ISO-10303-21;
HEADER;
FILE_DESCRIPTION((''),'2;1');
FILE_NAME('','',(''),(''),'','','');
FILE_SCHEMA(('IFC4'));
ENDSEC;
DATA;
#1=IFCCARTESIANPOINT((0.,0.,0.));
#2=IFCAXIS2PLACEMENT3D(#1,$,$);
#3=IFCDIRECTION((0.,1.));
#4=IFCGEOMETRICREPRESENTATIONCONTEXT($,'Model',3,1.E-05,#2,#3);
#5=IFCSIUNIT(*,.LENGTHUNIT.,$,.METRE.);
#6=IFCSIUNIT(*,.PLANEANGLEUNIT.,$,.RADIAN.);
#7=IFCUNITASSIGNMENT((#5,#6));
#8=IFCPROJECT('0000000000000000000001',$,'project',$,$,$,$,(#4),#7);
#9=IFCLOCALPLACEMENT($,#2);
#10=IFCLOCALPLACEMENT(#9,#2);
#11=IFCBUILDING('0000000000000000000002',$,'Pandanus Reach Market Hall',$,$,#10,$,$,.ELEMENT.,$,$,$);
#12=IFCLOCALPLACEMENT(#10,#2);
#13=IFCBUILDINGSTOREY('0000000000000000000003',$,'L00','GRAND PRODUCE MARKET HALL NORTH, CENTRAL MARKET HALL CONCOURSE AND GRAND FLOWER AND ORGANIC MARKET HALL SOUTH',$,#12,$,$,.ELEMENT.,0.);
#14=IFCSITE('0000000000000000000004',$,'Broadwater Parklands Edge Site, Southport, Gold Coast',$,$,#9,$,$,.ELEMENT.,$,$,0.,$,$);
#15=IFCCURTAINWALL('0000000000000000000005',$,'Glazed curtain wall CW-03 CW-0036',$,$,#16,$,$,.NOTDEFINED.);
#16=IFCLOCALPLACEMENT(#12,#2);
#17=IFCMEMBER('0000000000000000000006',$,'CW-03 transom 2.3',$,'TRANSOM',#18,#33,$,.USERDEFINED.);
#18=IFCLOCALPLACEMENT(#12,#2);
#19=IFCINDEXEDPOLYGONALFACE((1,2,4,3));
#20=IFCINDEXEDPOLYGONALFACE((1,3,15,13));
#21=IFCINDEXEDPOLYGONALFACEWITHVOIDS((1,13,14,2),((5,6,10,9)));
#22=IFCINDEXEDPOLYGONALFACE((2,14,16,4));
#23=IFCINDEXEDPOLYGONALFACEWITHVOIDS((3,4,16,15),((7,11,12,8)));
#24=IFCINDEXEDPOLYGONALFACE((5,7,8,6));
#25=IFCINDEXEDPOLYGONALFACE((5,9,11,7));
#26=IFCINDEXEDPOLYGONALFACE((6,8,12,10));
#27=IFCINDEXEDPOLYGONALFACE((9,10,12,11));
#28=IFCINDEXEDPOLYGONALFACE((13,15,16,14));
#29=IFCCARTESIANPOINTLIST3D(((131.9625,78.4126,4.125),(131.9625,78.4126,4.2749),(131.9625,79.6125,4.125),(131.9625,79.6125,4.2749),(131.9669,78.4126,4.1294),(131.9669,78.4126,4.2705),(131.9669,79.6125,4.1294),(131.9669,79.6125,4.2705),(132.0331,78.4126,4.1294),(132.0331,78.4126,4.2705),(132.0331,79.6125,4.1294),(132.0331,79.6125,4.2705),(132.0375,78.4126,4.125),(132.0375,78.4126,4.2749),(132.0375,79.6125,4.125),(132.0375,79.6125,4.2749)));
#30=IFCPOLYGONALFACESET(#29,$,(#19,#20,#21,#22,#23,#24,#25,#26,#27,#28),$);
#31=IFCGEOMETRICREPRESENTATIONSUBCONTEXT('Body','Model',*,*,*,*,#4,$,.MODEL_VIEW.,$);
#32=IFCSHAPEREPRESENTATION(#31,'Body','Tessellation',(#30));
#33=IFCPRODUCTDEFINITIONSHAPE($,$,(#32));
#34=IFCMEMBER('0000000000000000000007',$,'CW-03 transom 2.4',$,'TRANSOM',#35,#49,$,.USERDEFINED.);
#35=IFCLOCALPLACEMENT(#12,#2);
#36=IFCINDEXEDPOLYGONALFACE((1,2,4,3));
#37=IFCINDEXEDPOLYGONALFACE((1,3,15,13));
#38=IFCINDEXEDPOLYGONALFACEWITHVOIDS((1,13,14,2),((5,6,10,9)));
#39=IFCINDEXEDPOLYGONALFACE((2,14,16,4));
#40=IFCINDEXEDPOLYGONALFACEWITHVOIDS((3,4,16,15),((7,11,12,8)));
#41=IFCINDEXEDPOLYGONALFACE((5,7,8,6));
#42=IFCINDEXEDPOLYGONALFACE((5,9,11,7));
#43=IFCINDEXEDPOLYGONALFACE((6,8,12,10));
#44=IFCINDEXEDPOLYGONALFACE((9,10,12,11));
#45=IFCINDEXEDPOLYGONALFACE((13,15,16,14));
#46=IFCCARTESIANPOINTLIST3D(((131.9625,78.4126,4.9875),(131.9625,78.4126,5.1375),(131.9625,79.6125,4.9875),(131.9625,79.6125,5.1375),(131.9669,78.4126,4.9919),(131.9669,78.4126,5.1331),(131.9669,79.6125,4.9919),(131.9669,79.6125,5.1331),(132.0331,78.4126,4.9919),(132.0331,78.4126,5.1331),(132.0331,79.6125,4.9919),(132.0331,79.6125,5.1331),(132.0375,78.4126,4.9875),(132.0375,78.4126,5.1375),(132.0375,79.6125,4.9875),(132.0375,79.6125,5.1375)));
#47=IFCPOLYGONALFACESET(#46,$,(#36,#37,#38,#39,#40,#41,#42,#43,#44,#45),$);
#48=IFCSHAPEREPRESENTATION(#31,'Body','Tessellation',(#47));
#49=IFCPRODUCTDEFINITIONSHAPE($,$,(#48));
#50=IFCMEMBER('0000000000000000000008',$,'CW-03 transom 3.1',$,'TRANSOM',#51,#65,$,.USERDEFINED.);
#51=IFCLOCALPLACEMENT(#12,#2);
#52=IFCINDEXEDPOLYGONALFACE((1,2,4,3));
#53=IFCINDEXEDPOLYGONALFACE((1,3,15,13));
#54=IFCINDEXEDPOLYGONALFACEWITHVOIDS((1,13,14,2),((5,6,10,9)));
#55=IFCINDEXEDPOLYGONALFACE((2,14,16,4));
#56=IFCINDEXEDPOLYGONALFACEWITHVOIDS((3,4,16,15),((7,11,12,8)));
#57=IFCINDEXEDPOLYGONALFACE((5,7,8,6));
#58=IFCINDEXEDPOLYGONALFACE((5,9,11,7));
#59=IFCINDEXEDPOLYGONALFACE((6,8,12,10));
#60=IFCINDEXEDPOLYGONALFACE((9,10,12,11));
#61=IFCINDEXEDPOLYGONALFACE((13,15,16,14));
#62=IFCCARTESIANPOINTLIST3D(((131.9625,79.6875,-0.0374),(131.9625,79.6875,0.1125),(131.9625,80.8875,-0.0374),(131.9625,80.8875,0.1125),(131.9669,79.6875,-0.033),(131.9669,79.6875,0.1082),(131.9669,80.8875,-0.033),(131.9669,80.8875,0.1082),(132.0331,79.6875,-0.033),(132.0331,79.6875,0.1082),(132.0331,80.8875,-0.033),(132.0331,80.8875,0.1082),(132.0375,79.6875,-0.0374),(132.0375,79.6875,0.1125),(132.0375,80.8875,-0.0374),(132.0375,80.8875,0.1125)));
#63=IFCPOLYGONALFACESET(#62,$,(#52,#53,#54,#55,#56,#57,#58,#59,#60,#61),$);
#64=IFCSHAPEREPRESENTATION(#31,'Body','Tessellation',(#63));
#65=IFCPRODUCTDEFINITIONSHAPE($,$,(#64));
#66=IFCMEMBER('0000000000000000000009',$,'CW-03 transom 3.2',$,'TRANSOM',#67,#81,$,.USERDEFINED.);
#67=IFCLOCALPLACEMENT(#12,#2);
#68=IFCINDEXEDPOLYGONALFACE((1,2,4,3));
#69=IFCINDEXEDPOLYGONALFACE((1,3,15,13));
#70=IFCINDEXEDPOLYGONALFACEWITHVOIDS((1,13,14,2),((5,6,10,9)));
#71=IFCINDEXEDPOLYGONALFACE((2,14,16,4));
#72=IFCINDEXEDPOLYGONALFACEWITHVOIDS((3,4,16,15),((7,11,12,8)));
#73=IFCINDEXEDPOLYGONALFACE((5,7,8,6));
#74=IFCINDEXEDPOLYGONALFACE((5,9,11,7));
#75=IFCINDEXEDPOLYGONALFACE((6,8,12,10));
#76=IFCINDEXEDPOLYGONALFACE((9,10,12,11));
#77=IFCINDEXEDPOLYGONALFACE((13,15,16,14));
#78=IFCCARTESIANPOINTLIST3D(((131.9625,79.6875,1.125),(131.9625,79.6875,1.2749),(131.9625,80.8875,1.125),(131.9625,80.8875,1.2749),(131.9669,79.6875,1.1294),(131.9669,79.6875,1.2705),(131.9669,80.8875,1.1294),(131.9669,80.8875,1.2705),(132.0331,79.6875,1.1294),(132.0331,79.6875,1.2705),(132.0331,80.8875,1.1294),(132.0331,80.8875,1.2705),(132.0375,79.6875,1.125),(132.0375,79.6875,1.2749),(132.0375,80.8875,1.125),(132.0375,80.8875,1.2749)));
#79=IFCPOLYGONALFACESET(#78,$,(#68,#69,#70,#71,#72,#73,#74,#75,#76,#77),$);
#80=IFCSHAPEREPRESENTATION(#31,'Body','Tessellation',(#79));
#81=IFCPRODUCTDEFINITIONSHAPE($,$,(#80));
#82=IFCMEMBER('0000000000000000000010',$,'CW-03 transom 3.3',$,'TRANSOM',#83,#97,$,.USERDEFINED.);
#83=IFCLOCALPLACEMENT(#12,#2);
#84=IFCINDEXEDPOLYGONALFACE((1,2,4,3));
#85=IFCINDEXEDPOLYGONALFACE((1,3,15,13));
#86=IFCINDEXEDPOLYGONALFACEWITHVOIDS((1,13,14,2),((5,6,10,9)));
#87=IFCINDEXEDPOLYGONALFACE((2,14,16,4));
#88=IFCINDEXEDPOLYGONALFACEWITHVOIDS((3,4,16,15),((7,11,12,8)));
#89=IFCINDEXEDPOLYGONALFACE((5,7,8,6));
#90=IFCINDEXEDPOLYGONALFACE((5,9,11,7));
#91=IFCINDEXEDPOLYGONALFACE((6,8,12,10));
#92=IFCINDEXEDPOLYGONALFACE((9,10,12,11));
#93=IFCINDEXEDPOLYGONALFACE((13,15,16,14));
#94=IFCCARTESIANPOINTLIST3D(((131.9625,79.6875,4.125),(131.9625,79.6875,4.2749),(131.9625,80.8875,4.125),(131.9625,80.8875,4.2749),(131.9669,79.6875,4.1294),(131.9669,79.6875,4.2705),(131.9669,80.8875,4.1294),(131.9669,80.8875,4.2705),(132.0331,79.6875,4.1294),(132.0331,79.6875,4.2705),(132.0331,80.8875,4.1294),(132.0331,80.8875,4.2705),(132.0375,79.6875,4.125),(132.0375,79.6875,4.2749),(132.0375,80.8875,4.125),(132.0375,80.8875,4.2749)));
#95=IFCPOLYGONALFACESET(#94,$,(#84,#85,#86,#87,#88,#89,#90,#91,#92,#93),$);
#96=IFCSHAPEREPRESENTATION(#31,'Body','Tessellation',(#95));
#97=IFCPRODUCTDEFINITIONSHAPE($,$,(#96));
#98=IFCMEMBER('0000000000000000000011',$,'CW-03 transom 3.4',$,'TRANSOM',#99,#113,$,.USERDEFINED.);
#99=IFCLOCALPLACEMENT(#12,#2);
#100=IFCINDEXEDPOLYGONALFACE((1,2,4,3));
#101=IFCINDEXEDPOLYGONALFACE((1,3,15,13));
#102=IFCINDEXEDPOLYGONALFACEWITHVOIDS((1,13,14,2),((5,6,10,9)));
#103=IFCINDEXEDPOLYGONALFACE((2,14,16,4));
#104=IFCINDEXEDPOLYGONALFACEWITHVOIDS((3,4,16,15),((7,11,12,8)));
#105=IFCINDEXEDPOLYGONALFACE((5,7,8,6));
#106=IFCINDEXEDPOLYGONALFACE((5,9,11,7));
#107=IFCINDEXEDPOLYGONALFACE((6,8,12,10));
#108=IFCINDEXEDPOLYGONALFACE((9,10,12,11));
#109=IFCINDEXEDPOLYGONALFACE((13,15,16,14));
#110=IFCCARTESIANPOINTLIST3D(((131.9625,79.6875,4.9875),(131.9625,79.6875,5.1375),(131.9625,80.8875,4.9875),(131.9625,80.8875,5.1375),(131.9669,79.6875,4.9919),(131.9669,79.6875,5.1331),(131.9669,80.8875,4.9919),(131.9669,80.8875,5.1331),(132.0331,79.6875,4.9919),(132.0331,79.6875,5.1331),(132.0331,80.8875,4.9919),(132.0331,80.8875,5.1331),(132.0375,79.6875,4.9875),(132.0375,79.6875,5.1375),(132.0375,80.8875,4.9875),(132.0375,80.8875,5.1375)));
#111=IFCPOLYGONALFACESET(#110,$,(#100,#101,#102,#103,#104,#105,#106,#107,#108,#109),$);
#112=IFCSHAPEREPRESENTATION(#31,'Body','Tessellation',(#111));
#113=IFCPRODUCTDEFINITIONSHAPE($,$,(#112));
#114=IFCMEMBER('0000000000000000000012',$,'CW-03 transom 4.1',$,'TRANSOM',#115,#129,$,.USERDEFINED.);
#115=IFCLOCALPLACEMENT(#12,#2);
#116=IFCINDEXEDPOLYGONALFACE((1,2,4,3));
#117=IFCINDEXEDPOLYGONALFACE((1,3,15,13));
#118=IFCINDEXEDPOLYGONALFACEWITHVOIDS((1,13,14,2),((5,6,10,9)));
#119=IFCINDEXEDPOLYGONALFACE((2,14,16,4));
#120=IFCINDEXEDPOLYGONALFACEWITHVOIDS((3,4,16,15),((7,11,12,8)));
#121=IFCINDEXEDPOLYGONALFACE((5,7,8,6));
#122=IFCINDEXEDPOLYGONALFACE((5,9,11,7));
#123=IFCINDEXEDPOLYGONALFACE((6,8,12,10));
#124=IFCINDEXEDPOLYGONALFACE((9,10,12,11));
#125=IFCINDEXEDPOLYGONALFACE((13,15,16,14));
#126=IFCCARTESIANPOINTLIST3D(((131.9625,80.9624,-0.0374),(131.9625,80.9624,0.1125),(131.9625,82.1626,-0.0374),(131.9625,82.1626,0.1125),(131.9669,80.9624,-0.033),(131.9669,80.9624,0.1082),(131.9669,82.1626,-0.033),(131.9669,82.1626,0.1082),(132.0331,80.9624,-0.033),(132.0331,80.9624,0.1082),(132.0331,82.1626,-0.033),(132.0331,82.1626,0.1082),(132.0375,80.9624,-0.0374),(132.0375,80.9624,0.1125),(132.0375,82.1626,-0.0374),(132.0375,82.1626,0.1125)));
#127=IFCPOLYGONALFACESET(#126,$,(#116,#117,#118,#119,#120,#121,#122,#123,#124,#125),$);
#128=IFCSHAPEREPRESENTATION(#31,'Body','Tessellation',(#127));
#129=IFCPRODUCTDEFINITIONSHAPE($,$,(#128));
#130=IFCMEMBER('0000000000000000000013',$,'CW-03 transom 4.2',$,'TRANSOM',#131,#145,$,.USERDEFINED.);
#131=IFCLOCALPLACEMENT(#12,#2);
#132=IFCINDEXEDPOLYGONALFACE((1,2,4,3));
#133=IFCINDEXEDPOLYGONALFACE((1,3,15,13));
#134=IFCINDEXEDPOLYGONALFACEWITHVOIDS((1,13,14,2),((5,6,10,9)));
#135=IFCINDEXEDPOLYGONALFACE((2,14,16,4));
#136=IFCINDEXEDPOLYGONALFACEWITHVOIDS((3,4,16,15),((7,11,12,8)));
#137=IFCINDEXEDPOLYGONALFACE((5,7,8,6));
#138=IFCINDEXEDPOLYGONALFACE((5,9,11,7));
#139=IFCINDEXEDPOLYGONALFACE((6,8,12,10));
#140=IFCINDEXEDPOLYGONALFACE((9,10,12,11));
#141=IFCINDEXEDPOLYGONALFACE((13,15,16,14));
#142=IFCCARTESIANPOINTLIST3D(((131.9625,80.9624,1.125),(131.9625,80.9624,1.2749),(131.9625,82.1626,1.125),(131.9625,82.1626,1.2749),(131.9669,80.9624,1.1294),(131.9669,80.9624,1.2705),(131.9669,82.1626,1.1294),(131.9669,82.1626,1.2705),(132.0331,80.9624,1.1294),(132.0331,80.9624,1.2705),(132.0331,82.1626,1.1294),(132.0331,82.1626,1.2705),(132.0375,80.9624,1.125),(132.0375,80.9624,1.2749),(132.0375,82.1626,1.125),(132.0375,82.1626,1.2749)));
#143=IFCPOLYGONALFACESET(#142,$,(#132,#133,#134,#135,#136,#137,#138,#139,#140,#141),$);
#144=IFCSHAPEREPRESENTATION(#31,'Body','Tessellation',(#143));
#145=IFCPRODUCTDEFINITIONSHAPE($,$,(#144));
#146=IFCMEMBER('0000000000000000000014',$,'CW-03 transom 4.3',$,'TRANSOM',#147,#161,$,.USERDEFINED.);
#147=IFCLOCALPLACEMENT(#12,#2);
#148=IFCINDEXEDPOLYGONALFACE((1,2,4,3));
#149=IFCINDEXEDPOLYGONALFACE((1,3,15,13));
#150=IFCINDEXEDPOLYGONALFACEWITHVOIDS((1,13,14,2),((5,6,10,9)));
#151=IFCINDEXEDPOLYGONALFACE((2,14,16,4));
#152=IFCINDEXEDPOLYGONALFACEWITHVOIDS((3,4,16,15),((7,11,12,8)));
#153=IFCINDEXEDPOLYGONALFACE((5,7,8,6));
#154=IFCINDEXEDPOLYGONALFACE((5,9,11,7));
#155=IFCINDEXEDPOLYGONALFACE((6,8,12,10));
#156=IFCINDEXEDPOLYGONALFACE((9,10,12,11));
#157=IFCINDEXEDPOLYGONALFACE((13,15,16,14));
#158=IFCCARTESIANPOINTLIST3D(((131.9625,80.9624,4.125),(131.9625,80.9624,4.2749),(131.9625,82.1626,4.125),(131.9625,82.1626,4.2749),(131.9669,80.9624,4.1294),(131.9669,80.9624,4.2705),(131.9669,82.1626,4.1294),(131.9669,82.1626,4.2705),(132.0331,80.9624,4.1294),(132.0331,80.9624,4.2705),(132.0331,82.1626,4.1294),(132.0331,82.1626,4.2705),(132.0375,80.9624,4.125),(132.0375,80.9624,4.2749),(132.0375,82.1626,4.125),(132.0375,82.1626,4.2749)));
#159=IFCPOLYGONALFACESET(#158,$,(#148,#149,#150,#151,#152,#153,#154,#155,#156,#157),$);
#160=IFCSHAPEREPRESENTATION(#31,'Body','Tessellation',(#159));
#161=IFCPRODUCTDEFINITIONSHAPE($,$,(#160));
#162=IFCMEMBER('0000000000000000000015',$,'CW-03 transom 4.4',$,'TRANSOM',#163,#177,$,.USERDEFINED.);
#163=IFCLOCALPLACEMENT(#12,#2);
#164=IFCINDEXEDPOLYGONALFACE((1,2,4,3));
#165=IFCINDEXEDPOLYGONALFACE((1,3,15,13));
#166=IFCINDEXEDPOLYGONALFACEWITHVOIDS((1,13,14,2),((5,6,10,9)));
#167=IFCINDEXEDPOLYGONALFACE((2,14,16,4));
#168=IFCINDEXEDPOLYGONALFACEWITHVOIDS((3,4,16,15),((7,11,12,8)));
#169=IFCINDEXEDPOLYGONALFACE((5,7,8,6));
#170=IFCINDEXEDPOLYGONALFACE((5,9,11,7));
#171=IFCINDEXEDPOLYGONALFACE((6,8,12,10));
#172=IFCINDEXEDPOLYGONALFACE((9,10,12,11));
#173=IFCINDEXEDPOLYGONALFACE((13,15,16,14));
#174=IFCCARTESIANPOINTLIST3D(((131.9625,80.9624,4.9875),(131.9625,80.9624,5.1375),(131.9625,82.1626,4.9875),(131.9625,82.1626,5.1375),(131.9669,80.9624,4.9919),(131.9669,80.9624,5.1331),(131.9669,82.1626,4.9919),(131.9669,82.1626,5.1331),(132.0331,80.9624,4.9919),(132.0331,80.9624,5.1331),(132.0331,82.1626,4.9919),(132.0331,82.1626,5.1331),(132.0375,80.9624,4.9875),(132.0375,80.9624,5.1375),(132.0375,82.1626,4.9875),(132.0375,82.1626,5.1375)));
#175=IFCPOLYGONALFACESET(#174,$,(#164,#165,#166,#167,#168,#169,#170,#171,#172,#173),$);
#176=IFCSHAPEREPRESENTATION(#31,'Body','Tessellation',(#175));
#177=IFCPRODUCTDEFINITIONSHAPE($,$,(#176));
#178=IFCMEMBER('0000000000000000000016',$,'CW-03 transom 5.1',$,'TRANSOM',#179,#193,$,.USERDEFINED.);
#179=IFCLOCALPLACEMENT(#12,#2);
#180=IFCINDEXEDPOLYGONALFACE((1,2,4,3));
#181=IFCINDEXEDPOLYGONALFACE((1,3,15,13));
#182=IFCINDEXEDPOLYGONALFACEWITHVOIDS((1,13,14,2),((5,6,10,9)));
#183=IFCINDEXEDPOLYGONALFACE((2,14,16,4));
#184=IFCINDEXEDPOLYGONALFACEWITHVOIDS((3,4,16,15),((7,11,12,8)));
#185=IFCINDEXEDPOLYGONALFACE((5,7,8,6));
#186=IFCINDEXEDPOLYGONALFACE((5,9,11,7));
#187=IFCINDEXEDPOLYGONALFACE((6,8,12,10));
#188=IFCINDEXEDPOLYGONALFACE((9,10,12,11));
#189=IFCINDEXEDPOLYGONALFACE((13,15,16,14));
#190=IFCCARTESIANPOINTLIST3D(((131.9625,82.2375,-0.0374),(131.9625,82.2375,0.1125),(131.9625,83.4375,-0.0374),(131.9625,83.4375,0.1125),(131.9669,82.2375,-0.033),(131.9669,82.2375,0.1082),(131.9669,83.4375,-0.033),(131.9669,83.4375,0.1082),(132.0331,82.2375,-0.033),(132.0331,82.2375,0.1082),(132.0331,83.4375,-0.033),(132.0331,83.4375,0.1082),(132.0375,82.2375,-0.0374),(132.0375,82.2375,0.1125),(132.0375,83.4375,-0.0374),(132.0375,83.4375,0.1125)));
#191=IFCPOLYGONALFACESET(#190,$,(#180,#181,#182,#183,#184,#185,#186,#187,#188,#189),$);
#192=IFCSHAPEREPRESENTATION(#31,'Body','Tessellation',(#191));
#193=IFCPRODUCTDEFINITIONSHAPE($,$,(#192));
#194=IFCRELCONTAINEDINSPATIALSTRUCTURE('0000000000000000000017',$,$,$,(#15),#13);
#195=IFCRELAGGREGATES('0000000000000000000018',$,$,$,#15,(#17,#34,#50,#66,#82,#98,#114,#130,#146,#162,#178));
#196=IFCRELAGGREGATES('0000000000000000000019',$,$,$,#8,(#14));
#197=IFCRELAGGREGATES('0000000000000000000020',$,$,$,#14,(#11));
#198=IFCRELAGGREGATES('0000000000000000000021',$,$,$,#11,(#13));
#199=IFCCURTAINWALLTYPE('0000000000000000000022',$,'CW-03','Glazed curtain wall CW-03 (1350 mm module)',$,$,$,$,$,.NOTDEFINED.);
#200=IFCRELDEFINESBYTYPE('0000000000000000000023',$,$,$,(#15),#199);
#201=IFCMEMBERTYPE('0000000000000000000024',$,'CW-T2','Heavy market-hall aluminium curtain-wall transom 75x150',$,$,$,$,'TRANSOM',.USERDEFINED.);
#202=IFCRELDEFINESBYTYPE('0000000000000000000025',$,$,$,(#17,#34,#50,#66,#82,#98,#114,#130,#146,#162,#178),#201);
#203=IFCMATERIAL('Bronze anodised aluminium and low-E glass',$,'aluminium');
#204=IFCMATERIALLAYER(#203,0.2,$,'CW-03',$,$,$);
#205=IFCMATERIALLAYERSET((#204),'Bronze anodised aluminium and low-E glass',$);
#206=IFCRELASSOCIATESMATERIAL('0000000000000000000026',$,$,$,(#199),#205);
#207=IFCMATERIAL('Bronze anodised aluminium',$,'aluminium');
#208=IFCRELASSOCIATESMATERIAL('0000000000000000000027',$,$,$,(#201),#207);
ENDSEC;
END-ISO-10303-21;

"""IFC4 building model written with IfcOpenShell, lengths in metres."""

from ifc_helpers import new_model, si_unit, direction, frame, origin, origin_2d, place, context, subcontext, project, spatial, hollow_rectangle, extrude, material, layer, layer_set, material_profile, profile_set, type_object, element, aggregate, save


model = new_model("IFC4")

# Units and contexts
model_context = context("Model", 3, precision=1e-05, world=origin(), true_north=direction((0.0, 1.0)))
body_context = subcontext(model_context, "Body", "Model", "MODEL_VIEW")
ifc_project = project(units=[si_unit("LENGTHUNIT", "METRE"), si_unit("PLANEANGLEUNIT", "RADIAN")], contexts=[model_context])

# Site, building, storey
site_placement = place(None, origin())
site = spatial("IfcSite", under=ifc_project, at=site_placement, Name="Broadwater Parklands Edge Site, Southport, Gold Coast", CompositionType="ELEMENT", RefElevation=0.0)
building_placement = place(site_placement, origin())
building = spatial("IfcBuilding", under=site, at=building_placement, Name="Pandanus Reach Market Hall", CompositionType="ELEMENT")
storey_placement = place(building_placement, origin())
storey = spatial("IfcBuildingStorey", under=building, at=storey_placement, Name="L00", Description="GRAND PRODUCE MARKET HALL NORTH, CENTRAL MARKET HALL CONCOURSE AND GRAND FLOWER AND ORGANIC MARKET HALL SOUTH", CompositionType="ELEMENT", Elevation=0.0)

# Shared definitions
ifc_material_1 = material(Name="Bronze anodised aluminium and low-E glass", Category="aluminium")
ifc_material_2 = material(Name="Bronze anodised aluminium", Category="aluminium")

# Curtain wall
ifc_layer_1 = layer(ifc_material_1, 0.2, Name="CW-03")
ifc_layer_set_1 = layer_set([ifc_layer_1], Name="Bronze anodised aluminium and low-E glass")
curtain_wall_type_1 = type_object("IfcCurtainWallType", Name="CW-03", Description="Glazed curtain wall CW-03 (1350 mm module)", PredefinedType="NOTDEFINED", material=ifc_layer_set_1)
curtain_wall_1_placement = place(storey_placement, origin())
curtain_wall_1 = element("IfcCurtainWall", 1, at=curtain_wall_1_placement, inside=storey, type_object=curtain_wall_type_1, Name="Glazed curtain wall CW-03 CW-0036", PredefinedType="NOTDEFINED")

# Members
ifc_material_profile_1 = material_profile(ifc_material_2, hollow_rectangle(XDim=0.075, YDim=0.1499, WallThickness=0.0044, at=origin_2d()), Name="ALU75x150", Category="LoadBearing")
ifc_profile_set_1 = profile_set([ifc_material_profile_1], Name="Bronze anodised aluminium")
member_type_1 = type_object("IfcMemberType", Name="CW-T2", Description="Heavy market-hall aluminium curtain-wall transom 75x150", ElementType="TRANSOM", PredefinedType="USERDEFINED", material=ifc_profile_set_1)
member_1_placement = place(storey_placement, frame((132.0, 78.4126, 4.2), z_axis=(0.0, 1.0, 0.0), x_axis=(-1.0, 0.0, 0.0)))
member_1 = element("IfcMember", 2, at=member_1_placement, type_object=member_type_1, Name="CW-03 transom 2.3", ObjectType="TRANSOM", PredefinedType="USERDEFINED", context=body_context, shape_type="SweptSolid", body=[
    extrude(hollow_rectangle(XDim=0.075, YDim=0.1499, WallThickness=0.0044, at=origin_2d()), origin(), (0.0, 0.0, 1.0), 1.2),
])
member_2_placement = place(storey_placement, frame((132.0, 78.4126, 5.0625), z_axis=(0.0, 1.0, 0.0), x_axis=(-1.0, 0.0, 0.0)))
member_2 = element("IfcMember", 3, at=member_2_placement, type_object=member_type_1, Name="CW-03 transom 2.4", ObjectType="TRANSOM", PredefinedType="USERDEFINED", context=body_context, shape_type="SweptSolid", body=[
    extrude(hollow_rectangle(XDim=0.075, YDim=0.1499, WallThickness=0.0044, at=origin_2d()), origin(), (0.0, 0.0, 1.0), 1.2),
])
member_3_placement = place(storey_placement, frame((132.0, 79.6875, 0.0376), z_axis=(0.0, 1.0, 0.0), x_axis=(-1.0, 0.0, 0.0)))
member_3 = element("IfcMember", 4, at=member_3_placement, type_object=member_type_1, Name="CW-03 transom 3.1", ObjectType="TRANSOM", PredefinedType="USERDEFINED", context=body_context, shape_type="SweptSolid", body=[
    extrude(hollow_rectangle(XDim=0.075, YDim=0.1499, WallThickness=0.0044, at=origin_2d()), origin(), (0.0, 0.0, 1.0), 1.2),
])
member_4_placement = place(storey_placement, frame((132.0, 79.6875, 1.2), z_axis=(0.0, 1.0, 0.0), x_axis=(-1.0, 0.0, 0.0)))
member_4 = element("IfcMember", 5, at=member_4_placement, type_object=member_type_1, Name="CW-03 transom 3.2", ObjectType="TRANSOM", PredefinedType="USERDEFINED", context=body_context, shape_type="SweptSolid", body=[
    extrude(hollow_rectangle(XDim=0.075, YDim=0.1499, WallThickness=0.0044, at=origin_2d()), origin(), (0.0, 0.0, 1.0), 1.2),
])
member_5_placement = place(storey_placement, frame((132.0, 79.6875, 4.2), z_axis=(0.0, 1.0, 0.0), x_axis=(-1.0, 0.0, 0.0)))
member_5 = element("IfcMember", 6, at=member_5_placement, type_object=member_type_1, Name="CW-03 transom 3.3", ObjectType="TRANSOM", PredefinedType="USERDEFINED", context=body_context, shape_type="SweptSolid", body=[
    extrude(hollow_rectangle(XDim=0.075, YDim=0.1499, WallThickness=0.0044, at=origin_2d()), origin(), (0.0, 0.0, 1.0), 1.2),
])
member_6_placement = place(storey_placement, frame((132.0, 79.6875, 5.0625), z_axis=(0.0, 1.0, 0.0), x_axis=(-1.0, 0.0, 0.0)))
member_6 = element("IfcMember", 7, at=member_6_placement, type_object=member_type_1, Name="CW-03 transom 3.4", ObjectType="TRANSOM", PredefinedType="USERDEFINED", context=body_context, shape_type="SweptSolid", body=[
    extrude(hollow_rectangle(XDim=0.075, YDim=0.1499, WallThickness=0.0044, at=origin_2d()), origin(), (0.0, 0.0, 1.0), 1.2),
])
member_7_placement = place(storey_placement, frame((132.0, 80.9624, 0.0376), z_axis=(0.0, 1.0, 0.0), x_axis=(-1.0, 0.0, 0.0)))
member_7 = element("IfcMember", 8, at=member_7_placement, type_object=member_type_1, Name="CW-03 transom 4.1", ObjectType="TRANSOM", PredefinedType="USERDEFINED", context=body_context, shape_type="SweptSolid", body=[
    extrude(hollow_rectangle(XDim=0.075, YDim=0.1499, WallThickness=0.0044, at=origin_2d()), origin(), (0.0, 0.0, 1.0), 1.2002),
])
member_8_placement = place(storey_placement, frame((132.0, 80.9624, 1.2), z_axis=(0.0, 1.0, 0.0), x_axis=(-1.0, 0.0, 0.0)))
member_8 = element("IfcMember", 9, at=member_8_placement, type_object=member_type_1, Name="CW-03 transom 4.2", ObjectType="TRANSOM", PredefinedType="USERDEFINED", context=body_context, shape_type="SweptSolid", body=[
    extrude(hollow_rectangle(XDim=0.075, YDim=0.1499, WallThickness=0.0044, at=origin_2d()), origin(), (0.0, 0.0, 1.0), 1.2002),
])
member_9_placement = place(storey_placement, frame((132.0, 80.9624, 4.2), z_axis=(0.0, 1.0, 0.0), x_axis=(-1.0, 0.0, 0.0)))
member_9 = element("IfcMember", 10, at=member_9_placement, type_object=member_type_1, Name="CW-03 transom 4.3", ObjectType="TRANSOM", PredefinedType="USERDEFINED", context=body_context, shape_type="SweptSolid", body=[
    extrude(hollow_rectangle(XDim=0.075, YDim=0.1499, WallThickness=0.0044, at=origin_2d()), origin(), (0.0, 0.0, 1.0), 1.2002),
])
member_10_placement = place(storey_placement, frame((132.0, 80.9624, 5.0625), z_axis=(0.0, 1.0, 0.0), x_axis=(-1.0, 0.0, 0.0)))
member_10 = element("IfcMember", 11, at=member_10_placement, type_object=member_type_1, Name="CW-03 transom 4.4", ObjectType="TRANSOM", PredefinedType="USERDEFINED", context=body_context, shape_type="SweptSolid", body=[
    extrude(hollow_rectangle(XDim=0.075, YDim=0.1499, WallThickness=0.0044, at=origin_2d()), origin(), (0.0, 0.0, 1.0), 1.2002),
])
member_11_placement = place(storey_placement, frame((132.0, 82.2375, 0.0376), z_axis=(0.0, 1.0, 0.0), x_axis=(-1.0, 0.0, 0.0)))
member_11 = element("IfcMember", 12, at=member_11_placement, type_object=member_type_1, Name="CW-03 transom 5.1", ObjectType="TRANSOM", PredefinedType="USERDEFINED", context=body_context, shape_type="SweptSolid", body=[
    extrude(hollow_rectangle(XDim=0.075, YDim=0.1499, WallThickness=0.0044, at=origin_2d()), origin(), (0.0, 0.0, 1.0), 1.2),
])

aggregate(curtain_wall_1, [member_1, member_2, member_3, member_4, member_5, member_6, member_7, member_8, member_9, member_10, member_11])

save(model, "model.ifc")
